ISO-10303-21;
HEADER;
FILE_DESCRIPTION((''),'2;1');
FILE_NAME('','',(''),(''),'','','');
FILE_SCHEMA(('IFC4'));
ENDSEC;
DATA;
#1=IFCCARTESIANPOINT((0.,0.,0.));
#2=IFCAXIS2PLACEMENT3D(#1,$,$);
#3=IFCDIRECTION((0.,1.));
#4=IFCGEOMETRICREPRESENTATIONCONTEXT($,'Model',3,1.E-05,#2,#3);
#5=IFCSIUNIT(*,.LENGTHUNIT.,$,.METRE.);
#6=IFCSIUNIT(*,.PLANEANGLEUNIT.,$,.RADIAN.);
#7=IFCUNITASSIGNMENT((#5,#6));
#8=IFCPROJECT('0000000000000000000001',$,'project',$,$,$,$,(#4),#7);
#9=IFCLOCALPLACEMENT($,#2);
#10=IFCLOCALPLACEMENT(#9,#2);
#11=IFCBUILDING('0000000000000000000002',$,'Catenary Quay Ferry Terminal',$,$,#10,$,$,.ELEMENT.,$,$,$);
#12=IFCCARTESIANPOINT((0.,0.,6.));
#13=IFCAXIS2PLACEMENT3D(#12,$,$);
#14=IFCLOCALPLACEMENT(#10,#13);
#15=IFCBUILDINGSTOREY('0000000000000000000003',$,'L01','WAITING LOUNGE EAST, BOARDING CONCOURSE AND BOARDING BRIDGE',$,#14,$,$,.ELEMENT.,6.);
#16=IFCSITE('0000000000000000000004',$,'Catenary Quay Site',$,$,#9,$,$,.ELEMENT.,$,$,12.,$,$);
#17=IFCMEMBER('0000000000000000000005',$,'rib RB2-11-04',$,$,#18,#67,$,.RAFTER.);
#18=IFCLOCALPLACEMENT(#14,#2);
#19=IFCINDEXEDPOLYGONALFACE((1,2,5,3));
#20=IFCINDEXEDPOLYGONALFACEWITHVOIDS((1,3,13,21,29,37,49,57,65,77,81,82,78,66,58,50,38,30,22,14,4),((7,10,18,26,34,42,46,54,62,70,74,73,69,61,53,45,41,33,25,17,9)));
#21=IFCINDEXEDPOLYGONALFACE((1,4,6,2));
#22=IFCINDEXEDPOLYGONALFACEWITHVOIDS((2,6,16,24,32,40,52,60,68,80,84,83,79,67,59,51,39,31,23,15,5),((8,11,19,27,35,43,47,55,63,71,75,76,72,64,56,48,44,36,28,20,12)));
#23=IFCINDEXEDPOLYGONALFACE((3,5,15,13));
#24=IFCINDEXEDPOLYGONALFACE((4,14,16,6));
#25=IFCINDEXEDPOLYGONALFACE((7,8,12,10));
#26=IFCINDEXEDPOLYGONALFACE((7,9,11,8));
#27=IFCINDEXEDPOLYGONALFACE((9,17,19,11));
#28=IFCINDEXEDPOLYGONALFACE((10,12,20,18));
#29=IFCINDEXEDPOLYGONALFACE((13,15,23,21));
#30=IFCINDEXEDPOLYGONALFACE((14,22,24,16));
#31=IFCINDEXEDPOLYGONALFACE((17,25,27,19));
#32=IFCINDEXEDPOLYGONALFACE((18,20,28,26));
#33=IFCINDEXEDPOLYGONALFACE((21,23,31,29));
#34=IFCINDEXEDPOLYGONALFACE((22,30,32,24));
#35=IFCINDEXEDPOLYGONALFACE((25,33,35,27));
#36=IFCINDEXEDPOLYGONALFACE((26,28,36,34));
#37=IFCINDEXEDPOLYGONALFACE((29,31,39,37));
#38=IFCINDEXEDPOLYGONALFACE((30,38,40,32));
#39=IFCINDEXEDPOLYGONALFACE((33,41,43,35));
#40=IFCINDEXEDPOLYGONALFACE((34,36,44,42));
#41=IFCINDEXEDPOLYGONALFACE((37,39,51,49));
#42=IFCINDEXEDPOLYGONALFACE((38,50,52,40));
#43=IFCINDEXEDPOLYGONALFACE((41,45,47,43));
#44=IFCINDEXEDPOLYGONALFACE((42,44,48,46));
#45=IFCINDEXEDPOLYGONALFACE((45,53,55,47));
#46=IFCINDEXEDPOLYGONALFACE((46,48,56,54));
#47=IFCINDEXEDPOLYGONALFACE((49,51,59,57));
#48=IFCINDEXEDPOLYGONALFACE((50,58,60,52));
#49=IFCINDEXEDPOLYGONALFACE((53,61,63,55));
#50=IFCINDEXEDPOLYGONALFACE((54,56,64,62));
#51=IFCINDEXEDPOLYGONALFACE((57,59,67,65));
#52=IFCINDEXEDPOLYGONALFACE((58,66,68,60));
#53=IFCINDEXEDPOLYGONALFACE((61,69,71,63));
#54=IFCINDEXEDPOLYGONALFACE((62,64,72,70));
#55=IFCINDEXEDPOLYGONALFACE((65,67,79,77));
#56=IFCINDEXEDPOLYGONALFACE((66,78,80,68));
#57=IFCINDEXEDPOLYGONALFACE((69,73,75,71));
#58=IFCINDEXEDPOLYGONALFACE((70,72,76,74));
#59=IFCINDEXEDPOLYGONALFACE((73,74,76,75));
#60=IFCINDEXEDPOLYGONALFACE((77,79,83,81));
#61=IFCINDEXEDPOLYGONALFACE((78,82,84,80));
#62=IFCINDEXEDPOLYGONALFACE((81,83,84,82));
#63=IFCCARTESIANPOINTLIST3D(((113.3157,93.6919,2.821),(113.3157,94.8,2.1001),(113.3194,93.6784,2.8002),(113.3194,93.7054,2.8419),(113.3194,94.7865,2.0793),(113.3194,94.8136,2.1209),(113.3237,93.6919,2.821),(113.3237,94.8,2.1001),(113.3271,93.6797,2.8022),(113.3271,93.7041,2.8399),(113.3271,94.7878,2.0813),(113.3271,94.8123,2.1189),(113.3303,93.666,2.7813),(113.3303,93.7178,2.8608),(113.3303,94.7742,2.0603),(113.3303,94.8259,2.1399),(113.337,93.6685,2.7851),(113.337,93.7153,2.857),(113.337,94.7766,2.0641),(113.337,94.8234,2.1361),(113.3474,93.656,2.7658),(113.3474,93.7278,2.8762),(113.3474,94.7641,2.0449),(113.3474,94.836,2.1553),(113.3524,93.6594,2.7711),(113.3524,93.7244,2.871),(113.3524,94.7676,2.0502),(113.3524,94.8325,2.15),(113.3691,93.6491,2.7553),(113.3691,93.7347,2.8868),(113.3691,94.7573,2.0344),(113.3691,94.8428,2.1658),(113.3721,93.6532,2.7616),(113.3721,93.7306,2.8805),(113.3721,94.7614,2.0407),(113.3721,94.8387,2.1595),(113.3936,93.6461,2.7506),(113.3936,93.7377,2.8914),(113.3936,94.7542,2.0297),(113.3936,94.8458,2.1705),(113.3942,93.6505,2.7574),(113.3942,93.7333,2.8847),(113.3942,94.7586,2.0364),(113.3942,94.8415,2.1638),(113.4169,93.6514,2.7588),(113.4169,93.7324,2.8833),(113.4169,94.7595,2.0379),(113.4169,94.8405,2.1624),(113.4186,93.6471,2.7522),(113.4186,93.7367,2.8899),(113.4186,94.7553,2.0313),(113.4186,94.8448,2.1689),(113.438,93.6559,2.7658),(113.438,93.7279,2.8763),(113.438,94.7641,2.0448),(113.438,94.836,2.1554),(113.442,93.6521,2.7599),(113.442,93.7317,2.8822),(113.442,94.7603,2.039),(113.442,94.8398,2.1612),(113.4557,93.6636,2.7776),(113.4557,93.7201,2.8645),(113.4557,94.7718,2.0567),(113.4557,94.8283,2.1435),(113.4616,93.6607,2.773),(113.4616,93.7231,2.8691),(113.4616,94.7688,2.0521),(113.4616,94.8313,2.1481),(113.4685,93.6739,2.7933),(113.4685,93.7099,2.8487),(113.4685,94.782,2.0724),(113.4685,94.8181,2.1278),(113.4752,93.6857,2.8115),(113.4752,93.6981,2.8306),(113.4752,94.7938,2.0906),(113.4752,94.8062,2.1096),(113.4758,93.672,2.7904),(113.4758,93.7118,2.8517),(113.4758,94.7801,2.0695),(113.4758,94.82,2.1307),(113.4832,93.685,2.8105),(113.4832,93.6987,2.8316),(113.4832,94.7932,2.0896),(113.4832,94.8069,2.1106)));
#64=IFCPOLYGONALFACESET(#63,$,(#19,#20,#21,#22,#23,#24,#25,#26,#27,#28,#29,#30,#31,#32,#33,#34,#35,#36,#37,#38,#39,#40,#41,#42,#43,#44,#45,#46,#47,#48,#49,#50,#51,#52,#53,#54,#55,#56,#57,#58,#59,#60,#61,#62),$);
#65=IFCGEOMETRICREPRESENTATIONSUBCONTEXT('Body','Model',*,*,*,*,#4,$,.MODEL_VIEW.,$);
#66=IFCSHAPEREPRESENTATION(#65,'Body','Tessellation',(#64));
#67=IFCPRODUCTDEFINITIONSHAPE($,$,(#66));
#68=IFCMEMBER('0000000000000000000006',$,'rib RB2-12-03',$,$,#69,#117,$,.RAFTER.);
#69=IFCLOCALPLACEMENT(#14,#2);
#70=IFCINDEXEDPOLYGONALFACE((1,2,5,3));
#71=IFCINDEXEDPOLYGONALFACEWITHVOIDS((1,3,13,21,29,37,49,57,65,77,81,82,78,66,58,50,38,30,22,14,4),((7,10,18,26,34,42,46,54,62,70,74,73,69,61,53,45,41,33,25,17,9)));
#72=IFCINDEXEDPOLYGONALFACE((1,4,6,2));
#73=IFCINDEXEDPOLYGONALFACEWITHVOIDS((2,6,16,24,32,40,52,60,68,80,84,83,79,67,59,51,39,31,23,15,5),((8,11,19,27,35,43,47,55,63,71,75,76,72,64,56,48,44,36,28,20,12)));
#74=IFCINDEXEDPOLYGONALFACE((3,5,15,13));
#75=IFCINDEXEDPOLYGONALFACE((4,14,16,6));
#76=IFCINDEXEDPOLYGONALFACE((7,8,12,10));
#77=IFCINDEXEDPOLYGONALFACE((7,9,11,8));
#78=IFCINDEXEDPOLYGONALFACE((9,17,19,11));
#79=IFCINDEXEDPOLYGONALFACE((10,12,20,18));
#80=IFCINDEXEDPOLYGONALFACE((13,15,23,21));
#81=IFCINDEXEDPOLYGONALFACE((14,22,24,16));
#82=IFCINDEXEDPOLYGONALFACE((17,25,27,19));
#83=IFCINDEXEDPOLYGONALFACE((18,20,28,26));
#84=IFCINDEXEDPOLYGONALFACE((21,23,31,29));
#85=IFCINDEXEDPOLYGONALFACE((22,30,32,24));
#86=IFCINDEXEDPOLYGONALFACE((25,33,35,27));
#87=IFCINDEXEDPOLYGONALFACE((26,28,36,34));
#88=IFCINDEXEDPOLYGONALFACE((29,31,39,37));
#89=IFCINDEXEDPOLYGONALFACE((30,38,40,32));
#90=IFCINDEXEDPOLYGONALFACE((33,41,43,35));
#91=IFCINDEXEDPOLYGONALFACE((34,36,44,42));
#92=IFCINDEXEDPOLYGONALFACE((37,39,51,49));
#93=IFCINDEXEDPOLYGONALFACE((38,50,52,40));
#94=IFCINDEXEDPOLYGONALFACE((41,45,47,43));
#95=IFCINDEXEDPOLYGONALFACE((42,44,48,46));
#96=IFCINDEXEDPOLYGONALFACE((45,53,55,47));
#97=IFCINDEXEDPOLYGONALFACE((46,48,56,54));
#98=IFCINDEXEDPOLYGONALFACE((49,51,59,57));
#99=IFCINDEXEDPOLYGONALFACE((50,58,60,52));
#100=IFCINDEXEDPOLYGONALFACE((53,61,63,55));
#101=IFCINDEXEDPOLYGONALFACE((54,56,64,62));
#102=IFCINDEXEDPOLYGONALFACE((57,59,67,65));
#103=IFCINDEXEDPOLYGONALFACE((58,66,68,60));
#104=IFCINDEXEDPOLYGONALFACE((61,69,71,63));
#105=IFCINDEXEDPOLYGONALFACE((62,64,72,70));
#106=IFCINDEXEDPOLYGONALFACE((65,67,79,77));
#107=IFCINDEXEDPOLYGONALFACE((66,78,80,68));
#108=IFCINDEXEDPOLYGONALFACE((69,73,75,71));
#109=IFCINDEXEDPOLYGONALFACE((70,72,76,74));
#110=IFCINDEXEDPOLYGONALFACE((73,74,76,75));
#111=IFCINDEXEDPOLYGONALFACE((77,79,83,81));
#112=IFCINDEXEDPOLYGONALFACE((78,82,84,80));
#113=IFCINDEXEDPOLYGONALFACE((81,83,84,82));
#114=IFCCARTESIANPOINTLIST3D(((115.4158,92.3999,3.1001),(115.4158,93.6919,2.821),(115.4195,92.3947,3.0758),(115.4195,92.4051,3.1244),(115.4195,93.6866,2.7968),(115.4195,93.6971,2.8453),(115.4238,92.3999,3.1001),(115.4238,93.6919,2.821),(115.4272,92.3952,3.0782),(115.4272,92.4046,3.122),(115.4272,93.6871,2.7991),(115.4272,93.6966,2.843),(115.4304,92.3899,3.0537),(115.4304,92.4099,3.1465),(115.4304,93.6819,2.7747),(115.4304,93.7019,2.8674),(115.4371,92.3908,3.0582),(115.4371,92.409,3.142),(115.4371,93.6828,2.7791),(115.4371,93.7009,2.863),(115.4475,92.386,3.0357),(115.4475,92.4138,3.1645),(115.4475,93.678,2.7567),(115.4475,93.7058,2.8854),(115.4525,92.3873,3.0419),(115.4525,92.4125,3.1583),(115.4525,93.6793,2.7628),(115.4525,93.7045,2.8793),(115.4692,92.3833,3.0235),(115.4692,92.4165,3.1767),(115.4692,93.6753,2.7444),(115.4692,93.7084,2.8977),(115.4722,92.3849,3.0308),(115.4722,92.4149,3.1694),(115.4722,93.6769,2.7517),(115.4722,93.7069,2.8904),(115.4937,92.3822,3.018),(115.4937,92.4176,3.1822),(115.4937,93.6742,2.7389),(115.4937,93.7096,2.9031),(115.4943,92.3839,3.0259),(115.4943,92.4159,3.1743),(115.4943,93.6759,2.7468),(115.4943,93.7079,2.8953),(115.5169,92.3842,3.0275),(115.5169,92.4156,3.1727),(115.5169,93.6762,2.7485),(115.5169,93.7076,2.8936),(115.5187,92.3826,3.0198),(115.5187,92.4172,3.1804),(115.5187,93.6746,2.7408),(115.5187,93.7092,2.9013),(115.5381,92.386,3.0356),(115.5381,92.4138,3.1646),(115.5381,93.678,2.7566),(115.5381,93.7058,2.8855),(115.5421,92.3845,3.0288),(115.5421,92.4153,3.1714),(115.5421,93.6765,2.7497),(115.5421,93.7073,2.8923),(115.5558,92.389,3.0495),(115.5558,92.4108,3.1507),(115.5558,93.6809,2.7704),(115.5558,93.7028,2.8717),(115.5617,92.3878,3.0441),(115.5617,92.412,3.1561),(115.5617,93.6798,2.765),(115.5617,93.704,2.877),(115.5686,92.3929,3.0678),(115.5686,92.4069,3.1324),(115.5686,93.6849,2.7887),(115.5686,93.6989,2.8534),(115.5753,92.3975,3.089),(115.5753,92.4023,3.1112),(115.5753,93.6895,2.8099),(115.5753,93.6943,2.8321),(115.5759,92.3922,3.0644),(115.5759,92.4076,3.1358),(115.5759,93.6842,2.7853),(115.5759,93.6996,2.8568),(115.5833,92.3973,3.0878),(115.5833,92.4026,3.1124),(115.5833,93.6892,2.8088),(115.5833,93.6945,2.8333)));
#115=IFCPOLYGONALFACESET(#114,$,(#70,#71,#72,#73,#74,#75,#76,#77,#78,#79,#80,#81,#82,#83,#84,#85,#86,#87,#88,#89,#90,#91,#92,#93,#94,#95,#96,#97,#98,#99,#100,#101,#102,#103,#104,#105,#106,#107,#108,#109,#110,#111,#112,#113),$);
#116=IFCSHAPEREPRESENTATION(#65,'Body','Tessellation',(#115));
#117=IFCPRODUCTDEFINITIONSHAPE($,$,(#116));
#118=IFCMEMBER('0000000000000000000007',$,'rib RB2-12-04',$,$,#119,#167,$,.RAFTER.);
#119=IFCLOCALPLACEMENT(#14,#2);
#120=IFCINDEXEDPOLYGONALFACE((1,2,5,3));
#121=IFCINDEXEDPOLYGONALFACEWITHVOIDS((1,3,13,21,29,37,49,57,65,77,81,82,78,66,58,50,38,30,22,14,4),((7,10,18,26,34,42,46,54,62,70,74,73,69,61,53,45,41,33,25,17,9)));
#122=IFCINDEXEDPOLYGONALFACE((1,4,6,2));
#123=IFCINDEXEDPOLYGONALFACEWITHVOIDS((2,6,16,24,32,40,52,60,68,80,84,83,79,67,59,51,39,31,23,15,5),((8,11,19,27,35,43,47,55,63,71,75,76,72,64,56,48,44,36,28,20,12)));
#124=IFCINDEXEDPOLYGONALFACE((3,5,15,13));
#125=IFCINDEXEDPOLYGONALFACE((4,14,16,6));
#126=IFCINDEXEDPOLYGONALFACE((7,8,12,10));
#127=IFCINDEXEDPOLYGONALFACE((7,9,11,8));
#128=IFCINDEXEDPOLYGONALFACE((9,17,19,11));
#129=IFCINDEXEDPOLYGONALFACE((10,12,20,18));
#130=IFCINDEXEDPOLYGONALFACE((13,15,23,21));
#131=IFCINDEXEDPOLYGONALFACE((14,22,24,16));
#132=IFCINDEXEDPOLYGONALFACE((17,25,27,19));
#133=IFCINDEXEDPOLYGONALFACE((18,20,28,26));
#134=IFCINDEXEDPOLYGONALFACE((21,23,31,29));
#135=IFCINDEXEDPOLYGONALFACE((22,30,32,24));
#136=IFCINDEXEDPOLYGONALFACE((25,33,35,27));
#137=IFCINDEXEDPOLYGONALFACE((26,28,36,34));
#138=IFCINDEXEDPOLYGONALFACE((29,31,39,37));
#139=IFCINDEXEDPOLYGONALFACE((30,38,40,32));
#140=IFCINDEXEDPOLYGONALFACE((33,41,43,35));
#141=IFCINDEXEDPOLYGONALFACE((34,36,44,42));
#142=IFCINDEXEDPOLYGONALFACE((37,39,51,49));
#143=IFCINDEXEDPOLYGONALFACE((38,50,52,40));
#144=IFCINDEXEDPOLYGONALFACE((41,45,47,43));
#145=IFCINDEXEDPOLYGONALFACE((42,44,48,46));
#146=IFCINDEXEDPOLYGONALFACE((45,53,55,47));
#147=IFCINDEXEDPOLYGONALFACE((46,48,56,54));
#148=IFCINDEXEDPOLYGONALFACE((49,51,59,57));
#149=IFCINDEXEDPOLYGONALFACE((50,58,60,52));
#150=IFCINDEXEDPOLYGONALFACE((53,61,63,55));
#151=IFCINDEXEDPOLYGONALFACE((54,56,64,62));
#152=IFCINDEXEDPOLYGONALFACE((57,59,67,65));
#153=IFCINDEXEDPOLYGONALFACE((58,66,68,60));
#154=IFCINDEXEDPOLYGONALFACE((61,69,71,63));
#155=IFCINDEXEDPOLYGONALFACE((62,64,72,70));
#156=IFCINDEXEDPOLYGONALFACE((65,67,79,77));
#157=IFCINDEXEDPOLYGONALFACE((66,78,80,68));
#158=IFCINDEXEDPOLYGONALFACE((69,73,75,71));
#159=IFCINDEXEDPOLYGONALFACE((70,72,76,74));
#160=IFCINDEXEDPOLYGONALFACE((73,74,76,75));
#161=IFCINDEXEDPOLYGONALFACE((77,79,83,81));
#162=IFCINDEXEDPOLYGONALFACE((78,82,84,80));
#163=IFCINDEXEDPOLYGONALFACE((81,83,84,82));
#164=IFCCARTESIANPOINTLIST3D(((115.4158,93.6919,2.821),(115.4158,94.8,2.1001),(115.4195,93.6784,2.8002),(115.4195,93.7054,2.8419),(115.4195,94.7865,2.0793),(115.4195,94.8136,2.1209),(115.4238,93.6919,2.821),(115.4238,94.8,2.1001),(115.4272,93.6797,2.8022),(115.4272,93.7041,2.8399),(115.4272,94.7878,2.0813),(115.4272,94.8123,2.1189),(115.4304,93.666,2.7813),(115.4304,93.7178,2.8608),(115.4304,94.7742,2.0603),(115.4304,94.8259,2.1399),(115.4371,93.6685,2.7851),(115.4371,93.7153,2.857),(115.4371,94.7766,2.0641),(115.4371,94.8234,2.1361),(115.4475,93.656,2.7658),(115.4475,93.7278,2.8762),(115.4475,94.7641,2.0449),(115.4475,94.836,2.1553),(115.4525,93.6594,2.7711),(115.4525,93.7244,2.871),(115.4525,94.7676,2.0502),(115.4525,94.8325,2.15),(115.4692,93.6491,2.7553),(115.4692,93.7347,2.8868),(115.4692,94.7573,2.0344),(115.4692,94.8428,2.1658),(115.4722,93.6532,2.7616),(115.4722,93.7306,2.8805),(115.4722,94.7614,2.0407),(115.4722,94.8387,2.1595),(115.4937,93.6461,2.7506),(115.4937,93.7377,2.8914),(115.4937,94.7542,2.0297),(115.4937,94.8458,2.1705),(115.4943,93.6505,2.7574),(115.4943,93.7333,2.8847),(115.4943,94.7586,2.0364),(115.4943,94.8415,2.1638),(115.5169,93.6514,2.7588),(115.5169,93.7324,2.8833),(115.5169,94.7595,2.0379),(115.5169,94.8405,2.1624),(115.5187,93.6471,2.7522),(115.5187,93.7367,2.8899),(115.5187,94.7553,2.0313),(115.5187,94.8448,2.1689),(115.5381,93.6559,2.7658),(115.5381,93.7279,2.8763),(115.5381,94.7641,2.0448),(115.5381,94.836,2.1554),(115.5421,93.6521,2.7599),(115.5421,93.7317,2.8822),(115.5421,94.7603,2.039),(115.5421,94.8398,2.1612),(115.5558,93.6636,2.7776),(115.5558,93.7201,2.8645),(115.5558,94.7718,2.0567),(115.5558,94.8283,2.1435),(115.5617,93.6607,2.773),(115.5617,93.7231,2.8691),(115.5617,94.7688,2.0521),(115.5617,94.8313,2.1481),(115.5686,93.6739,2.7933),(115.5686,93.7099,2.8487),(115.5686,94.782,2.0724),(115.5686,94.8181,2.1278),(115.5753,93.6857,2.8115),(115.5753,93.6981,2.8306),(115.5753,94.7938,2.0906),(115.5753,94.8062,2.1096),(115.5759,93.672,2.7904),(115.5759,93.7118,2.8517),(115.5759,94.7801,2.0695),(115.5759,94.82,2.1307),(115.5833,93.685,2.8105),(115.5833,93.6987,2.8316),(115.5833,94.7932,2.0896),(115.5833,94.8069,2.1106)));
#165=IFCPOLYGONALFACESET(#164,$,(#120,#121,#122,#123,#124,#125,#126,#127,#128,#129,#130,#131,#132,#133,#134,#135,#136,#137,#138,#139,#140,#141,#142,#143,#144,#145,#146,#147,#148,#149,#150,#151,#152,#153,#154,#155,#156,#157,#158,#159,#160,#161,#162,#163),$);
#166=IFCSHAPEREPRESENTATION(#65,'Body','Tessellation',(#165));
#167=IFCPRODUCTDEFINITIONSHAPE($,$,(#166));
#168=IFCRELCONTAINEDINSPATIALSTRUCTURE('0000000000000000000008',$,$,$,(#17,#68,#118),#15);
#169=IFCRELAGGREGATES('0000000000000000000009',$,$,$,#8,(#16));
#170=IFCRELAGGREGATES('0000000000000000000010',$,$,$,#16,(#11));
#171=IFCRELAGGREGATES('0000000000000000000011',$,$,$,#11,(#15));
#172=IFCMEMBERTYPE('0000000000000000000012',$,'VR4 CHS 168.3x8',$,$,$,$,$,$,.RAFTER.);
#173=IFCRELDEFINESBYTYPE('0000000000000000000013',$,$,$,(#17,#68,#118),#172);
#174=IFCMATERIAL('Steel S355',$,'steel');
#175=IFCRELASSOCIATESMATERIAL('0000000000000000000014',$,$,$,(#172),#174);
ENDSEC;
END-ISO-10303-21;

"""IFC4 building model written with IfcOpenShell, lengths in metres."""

from ifc_helpers import new_model, si_unit, direction, frame, origin, origin_2d, place, context, subcontext, project, spatial, hollow_circle, extrude, material, material_profile, profile_set, type_object, element, save


model = new_model("IFC4")

# Units and contexts
model_context = context("Model", 3, precision=1e-05, world=origin(), true_north=direction((0.0, 1.0)))
body_context = subcontext(model_context, "Body", "Model", "MODEL_VIEW")
ifc_project = project(units=[si_unit("LENGTHUNIT", "METRE"), si_unit("PLANEANGLEUNIT", "RADIAN")], contexts=[model_context])

# Site, building, storey
site_placement = place(None, origin())
site = spatial("IfcSite", under=ifc_project, at=site_placement, Name="Catenary Quay Site", CompositionType="ELEMENT", RefElevation=12.0)
building_placement = place(site_placement, origin())
building = spatial("IfcBuilding", under=site, at=building_placement, Name="Catenary Quay Ferry Terminal", CompositionType="ELEMENT")
storey_placement = place(building_placement, frame((0.0, 0.0, 6.0)))
storey = spatial("IfcBuildingStorey", under=building, at=storey_placement, Name="L01", Description="WAITING LOUNGE EAST, BOARDING CONCOURSE AND BOARDING BRIDGE", CompositionType="ELEMENT", Elevation=6.0)

# Members
ifc_material_1 = material(Name="Steel S355", Category="steel")
ifc_material_profile_1 = material_profile(ifc_material_1, hollow_circle(Radius=0.0842, WallThickness=0.0081, at=origin_2d()), Name="CHS 168.3x8")
ifc_profile_set_1 = profile_set([ifc_material_profile_1], Name="Steel S355")
member_type_1 = type_object("IfcMemberType", Name="VR4 CHS 168.3x8", PredefinedType="RAFTER", material=ifc_profile_set_1)
member_1_placement = place(storey_placement, frame((113.3999, 93.6919, 2.821), z_axis=(0.0, 0.83822, -0.545332), x_axis=(-1.0, 0.0, 0.0)))
element("IfcMember", 1, at=member_1_placement, inside=storey, type_object=member_type_1, Name="rib RB2-11-04", PredefinedType="RAFTER", context=body_context, shape_type="SweptSolid", body=[
    extrude(hollow_circle(Radius=0.0842, WallThickness=0.0081, at=origin_2d()), origin(), (0.0, 0.0, 1.0), 1.322),
])
member_2_placement = place(storey_placement, frame((115.5, 92.3999, 3.1001), z_axis=(0.0, 0.977461, -0.211118), x_axis=(-1.0, 0.0, 0.0)))
element("IfcMember", 2, at=member_2_placement, inside=storey, type_object=member_type_1, Name="rib RB2-12-03", PredefinedType="RAFTER", context=body_context, shape_type="SweptSolid", body=[
    extrude(hollow_circle(Radius=0.0842, WallThickness=0.0081, at=origin_2d()), origin(), (0.0, 0.0, 1.0), 1.3218),
])
member_3_placement = place(storey_placement, frame((115.5, 93.6919, 2.821), z_axis=(0.0, 0.83822, -0.545332), x_axis=(-1.0, 0.0, 0.0)))
element("IfcMember", 3, at=member_3_placement, inside=storey, type_object=member_type_1, Name="rib RB2-12-04", PredefinedType="RAFTER", context=body_context, shape_type="SweptSolid", body=[
    extrude(hollow_circle(Radius=0.0842, WallThickness=0.0081, at=origin_2d()), origin(), (0.0, 0.0, 1.0), 1.322),
])

save(model, "model.ifc")
